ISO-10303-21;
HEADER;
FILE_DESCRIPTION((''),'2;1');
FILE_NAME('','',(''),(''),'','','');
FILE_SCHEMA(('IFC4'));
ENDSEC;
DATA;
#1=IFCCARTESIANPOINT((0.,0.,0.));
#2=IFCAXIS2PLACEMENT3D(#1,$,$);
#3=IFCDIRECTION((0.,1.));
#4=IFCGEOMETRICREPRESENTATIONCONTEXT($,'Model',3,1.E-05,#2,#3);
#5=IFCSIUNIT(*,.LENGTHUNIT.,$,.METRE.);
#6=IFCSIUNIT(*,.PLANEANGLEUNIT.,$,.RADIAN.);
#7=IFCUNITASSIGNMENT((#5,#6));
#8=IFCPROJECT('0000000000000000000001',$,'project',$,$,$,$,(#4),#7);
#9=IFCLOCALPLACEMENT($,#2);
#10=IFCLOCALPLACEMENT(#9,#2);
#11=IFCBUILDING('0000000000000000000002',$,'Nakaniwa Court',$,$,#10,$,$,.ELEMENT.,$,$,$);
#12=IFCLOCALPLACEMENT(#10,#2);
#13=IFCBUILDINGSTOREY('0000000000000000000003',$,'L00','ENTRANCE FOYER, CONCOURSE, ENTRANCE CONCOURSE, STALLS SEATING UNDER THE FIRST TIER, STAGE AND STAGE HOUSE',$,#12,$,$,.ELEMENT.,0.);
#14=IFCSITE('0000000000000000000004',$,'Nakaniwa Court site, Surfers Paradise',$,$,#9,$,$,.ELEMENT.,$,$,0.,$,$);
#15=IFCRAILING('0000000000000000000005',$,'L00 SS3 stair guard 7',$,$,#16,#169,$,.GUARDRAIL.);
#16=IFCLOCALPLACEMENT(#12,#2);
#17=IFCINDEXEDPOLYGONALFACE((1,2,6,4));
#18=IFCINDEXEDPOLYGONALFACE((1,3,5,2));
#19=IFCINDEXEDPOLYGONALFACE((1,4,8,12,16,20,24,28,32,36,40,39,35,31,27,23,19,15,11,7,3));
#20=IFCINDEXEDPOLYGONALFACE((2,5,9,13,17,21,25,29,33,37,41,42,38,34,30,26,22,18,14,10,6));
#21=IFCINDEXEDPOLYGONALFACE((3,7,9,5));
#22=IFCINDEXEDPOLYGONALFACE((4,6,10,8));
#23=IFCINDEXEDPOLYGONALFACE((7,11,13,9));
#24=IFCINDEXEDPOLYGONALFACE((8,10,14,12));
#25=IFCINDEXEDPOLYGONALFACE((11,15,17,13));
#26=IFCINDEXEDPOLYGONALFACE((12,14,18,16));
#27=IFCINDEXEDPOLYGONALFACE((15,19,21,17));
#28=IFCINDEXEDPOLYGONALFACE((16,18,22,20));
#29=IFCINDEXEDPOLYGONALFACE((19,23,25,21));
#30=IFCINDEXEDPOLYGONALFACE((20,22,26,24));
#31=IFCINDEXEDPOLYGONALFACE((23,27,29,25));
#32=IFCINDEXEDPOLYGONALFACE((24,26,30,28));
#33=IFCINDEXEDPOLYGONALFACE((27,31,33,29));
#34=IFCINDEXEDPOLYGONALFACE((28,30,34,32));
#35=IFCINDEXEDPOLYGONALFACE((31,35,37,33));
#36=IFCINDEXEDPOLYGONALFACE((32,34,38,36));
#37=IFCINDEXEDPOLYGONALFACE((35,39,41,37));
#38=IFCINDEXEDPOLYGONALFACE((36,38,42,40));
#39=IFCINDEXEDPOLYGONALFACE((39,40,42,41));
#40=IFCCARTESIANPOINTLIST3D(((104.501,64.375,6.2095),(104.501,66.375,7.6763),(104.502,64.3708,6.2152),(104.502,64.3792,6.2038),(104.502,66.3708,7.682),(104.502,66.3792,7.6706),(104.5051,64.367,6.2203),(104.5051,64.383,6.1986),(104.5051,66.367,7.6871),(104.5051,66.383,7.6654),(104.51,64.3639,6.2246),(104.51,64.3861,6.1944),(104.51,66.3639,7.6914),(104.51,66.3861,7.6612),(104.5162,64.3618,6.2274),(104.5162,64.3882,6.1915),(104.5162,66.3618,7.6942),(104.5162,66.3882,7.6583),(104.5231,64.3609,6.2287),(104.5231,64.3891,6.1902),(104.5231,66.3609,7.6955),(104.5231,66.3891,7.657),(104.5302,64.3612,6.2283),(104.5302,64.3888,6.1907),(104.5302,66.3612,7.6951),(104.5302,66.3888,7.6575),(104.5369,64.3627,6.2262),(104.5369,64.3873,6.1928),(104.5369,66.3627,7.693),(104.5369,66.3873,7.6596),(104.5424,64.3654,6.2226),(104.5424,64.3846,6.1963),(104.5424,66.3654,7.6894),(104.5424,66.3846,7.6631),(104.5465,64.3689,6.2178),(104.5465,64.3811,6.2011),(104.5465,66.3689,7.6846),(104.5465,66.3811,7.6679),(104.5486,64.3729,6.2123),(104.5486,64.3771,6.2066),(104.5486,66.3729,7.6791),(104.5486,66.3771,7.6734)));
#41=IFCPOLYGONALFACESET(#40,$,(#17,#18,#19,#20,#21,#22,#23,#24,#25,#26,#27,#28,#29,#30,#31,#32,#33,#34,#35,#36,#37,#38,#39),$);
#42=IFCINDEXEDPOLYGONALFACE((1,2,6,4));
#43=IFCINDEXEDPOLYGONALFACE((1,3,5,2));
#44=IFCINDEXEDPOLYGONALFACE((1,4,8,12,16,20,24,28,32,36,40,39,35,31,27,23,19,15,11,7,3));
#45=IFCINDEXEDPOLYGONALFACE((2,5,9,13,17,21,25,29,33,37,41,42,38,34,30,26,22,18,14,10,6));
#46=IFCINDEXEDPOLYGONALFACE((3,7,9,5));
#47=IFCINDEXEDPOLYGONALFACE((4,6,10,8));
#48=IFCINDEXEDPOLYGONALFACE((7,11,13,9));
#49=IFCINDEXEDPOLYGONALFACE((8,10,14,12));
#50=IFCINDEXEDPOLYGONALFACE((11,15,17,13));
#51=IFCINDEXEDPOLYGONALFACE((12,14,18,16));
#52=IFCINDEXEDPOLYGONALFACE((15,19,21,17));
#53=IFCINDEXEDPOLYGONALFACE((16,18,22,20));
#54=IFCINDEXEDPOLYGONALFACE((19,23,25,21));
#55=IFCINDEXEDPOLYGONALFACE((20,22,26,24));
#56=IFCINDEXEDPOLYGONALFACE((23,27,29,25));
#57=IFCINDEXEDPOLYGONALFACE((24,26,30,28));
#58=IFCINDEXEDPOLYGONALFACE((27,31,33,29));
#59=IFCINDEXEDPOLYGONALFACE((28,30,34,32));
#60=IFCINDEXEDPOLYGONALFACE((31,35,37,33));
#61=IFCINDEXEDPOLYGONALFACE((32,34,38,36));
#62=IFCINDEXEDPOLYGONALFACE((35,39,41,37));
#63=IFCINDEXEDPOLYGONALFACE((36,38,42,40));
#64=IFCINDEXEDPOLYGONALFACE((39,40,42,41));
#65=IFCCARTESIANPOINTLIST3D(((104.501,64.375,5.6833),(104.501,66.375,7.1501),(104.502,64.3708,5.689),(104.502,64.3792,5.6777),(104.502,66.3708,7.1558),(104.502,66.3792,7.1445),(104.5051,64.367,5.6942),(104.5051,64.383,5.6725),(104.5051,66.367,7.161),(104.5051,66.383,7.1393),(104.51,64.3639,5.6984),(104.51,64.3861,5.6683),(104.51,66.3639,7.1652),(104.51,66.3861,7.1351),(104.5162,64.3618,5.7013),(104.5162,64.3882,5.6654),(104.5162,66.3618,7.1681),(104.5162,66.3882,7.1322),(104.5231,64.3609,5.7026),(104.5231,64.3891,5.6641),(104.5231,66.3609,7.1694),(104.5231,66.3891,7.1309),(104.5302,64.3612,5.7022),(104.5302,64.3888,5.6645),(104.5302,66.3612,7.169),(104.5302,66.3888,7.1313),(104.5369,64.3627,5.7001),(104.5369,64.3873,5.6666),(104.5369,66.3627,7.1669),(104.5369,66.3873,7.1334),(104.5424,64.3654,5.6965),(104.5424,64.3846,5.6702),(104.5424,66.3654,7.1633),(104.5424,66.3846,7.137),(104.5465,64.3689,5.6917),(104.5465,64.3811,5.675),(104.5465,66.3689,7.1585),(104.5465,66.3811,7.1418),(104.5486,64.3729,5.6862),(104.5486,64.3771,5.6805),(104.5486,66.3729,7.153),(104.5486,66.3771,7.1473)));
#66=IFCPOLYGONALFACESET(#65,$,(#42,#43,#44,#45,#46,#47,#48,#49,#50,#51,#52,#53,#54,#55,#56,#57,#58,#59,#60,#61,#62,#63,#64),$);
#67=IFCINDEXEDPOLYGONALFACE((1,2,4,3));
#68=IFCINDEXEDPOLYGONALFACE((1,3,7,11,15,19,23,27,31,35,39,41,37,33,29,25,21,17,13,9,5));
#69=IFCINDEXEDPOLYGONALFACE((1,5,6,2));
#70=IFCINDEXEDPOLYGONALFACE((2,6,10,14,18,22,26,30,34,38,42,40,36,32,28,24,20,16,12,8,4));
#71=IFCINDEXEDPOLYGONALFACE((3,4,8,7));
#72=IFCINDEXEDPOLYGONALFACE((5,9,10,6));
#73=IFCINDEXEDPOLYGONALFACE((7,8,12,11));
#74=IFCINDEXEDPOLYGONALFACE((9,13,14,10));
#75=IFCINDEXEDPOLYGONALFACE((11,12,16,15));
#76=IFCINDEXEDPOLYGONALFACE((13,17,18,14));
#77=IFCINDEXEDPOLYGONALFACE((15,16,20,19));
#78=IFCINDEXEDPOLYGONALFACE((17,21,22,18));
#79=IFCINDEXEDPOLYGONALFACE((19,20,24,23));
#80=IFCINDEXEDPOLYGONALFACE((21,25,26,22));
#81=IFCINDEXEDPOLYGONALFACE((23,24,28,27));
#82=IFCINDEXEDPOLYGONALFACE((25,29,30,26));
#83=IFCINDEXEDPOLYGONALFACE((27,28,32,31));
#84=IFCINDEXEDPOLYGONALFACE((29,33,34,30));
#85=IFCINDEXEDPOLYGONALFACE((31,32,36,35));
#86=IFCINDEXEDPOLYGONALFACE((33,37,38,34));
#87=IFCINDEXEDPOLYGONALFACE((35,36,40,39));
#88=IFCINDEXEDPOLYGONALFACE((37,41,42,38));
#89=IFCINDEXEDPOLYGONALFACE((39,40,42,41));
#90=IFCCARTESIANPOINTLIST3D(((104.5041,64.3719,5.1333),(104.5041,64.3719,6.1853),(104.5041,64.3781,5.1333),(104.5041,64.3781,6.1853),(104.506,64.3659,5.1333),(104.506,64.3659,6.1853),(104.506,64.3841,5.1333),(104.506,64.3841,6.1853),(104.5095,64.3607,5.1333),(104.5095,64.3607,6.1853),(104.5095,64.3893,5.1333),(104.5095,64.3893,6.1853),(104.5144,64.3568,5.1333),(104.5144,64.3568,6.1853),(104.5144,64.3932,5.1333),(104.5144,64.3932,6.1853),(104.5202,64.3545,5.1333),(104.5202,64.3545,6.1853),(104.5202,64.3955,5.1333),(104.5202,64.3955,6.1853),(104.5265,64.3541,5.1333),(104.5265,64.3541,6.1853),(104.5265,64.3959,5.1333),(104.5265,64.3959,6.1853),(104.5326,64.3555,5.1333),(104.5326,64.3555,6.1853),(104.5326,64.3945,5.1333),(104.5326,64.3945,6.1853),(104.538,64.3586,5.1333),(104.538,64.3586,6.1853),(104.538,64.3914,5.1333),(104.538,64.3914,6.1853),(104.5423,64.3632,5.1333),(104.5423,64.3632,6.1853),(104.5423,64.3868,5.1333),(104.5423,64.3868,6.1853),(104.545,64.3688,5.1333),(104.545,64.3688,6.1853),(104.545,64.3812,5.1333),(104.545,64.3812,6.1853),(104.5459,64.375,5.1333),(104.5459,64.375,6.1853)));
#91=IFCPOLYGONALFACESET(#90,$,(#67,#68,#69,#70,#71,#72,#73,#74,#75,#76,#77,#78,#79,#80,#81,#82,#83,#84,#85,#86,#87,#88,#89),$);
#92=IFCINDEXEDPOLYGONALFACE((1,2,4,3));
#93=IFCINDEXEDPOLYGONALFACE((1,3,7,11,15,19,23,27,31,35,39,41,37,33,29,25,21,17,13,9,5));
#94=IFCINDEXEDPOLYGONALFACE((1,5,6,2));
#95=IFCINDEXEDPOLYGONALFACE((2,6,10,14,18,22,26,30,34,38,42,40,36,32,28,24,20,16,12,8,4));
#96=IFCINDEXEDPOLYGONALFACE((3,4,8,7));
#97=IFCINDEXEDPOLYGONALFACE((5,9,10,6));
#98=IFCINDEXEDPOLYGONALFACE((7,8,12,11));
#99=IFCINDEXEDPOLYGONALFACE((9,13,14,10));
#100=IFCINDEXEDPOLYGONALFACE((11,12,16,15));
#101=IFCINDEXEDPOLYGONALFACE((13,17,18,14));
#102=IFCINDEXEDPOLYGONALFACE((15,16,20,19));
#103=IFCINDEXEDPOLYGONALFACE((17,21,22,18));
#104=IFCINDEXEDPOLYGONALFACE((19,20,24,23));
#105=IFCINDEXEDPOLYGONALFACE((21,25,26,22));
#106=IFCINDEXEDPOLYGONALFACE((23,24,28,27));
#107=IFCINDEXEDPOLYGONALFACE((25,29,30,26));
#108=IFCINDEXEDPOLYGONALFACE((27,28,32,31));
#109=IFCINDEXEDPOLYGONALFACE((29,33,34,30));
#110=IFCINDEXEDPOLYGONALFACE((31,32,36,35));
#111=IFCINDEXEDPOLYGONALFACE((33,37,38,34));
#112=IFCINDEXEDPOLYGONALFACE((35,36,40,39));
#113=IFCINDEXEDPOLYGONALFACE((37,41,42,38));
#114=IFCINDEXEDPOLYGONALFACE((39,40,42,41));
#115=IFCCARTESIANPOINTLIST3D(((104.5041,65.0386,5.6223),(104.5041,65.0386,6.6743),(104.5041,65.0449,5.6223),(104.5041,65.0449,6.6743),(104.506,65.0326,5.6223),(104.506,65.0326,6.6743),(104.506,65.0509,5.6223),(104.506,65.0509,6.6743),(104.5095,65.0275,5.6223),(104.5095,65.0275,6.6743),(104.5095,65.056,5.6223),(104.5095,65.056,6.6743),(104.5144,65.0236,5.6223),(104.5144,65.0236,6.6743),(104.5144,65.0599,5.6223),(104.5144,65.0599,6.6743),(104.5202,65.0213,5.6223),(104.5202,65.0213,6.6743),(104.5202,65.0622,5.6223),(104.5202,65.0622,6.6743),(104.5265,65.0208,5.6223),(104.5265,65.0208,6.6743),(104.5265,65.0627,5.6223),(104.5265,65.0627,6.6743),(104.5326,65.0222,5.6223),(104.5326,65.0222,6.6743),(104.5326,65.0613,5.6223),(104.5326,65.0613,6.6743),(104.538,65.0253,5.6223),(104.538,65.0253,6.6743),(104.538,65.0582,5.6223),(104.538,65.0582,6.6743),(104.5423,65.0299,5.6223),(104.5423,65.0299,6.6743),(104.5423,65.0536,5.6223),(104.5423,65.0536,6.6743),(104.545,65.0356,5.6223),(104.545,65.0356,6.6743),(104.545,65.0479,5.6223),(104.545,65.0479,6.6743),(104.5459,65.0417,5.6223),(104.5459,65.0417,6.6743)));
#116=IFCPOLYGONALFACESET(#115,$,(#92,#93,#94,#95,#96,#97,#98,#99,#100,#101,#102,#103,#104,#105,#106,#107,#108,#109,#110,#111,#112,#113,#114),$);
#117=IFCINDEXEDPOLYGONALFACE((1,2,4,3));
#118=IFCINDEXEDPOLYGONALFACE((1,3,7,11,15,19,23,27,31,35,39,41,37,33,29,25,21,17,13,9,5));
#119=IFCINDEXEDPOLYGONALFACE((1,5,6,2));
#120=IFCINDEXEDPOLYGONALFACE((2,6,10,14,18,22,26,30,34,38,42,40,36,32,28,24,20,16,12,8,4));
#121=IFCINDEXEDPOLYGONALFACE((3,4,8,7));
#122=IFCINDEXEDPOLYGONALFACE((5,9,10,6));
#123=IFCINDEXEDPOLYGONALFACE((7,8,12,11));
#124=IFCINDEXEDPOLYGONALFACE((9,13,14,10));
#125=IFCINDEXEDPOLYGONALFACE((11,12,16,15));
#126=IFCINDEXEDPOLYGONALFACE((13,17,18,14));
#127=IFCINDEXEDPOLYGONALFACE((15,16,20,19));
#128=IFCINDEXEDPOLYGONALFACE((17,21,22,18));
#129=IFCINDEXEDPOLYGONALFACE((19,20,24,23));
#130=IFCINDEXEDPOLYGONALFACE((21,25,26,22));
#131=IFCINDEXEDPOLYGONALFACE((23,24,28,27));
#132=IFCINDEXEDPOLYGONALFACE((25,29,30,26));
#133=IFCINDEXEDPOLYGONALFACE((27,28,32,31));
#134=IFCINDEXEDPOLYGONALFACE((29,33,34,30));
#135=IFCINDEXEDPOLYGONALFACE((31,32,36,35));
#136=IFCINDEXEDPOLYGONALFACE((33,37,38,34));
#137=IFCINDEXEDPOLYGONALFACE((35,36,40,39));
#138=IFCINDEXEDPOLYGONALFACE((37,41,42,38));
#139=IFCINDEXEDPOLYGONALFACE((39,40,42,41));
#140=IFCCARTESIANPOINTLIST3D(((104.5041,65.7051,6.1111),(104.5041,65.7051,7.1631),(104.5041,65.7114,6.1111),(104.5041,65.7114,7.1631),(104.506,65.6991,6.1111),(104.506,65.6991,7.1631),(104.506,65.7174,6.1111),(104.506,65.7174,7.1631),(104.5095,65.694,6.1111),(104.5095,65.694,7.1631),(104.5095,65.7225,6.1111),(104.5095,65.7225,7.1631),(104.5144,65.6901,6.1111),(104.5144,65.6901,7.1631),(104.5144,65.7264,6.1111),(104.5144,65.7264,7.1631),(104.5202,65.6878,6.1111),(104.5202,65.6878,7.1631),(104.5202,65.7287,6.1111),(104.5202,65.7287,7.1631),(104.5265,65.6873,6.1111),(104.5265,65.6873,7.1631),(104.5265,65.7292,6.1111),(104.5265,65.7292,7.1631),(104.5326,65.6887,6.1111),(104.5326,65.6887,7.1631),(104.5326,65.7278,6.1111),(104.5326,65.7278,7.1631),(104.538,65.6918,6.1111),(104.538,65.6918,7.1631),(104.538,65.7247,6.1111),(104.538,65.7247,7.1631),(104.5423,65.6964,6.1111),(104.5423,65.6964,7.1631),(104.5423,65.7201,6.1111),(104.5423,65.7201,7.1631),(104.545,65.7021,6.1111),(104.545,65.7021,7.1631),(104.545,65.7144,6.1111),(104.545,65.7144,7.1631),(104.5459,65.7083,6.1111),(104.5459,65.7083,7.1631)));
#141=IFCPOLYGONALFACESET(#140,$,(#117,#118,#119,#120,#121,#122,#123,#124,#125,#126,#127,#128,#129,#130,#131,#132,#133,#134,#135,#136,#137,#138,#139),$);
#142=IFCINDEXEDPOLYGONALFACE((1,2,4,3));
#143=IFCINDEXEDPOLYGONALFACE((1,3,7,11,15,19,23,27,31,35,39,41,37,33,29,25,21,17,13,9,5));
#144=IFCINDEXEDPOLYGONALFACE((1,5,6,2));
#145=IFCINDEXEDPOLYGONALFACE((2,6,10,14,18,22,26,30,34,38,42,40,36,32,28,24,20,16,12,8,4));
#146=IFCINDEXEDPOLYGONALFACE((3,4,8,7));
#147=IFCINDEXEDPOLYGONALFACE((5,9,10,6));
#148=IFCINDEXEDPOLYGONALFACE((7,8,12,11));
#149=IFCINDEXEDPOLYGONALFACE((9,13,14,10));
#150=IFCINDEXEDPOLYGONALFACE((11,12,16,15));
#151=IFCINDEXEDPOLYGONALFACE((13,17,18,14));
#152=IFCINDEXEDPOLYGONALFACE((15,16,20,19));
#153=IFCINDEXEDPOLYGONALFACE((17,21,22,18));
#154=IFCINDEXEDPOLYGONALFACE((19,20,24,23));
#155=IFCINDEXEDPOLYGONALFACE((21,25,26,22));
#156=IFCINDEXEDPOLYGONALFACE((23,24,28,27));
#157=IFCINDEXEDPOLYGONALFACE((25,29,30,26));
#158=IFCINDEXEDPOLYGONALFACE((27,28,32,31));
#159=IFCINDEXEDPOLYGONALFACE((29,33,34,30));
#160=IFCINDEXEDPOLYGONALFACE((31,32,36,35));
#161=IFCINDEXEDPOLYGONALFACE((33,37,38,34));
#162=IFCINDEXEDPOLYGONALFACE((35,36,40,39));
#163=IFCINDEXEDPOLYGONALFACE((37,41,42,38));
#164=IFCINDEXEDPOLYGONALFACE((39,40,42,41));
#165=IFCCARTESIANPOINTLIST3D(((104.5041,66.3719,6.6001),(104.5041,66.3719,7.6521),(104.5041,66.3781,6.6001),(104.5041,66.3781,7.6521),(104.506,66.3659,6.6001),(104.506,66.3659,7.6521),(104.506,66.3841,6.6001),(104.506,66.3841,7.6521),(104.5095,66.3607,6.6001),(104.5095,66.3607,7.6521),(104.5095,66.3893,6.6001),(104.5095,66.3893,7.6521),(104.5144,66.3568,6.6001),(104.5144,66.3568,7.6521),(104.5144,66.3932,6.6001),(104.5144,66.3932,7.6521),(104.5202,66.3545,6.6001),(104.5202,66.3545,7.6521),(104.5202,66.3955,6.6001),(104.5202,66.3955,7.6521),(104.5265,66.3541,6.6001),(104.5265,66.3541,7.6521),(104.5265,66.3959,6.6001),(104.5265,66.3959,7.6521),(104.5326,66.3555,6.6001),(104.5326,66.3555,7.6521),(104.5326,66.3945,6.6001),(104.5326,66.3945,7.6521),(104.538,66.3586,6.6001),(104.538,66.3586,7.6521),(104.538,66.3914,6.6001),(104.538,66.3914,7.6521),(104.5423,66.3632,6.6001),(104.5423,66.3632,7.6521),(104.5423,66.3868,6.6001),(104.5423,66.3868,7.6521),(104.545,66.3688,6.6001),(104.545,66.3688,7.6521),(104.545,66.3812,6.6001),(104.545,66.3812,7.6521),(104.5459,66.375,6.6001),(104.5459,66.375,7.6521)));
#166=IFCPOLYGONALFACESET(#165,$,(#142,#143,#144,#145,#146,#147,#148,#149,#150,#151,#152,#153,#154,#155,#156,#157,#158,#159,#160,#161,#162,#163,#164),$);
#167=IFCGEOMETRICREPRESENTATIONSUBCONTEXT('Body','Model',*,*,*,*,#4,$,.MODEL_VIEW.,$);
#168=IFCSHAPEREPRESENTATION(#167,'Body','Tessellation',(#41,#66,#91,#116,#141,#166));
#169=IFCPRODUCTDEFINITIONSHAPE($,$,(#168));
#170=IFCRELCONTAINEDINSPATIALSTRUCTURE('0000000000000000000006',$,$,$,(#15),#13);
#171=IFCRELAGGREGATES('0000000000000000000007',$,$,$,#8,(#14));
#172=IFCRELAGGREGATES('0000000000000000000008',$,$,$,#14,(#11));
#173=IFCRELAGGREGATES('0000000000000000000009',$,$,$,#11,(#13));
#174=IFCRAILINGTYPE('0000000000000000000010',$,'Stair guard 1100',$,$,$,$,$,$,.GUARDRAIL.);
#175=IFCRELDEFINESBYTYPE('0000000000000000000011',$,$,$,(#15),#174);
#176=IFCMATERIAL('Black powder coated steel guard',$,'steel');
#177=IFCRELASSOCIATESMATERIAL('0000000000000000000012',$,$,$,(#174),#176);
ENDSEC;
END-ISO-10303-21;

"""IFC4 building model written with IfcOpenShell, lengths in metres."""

from ifc_helpers import new_model, si_unit, direction, frame, origin, origin_2d, place, context, subcontext, project, spatial, circle, extrude, material, type_object, element, save


model = new_model("IFC4")

# Units and contexts
model_context = context("Model", 3, precision=1e-05, world=origin(), true_north=direction((0.0, 1.0)))
body_context = subcontext(model_context, "Body", "Model", "MODEL_VIEW")
ifc_project = project(units=[si_unit("LENGTHUNIT", "METRE"), si_unit("PLANEANGLEUNIT", "RADIAN")], contexts=[model_context])

# Site, building, storey
site_placement = place(None, origin())
site = spatial("IfcSite", under=ifc_project, at=site_placement, Name="Nakaniwa Court site, Surfers Paradise", CompositionType="ELEMENT", RefElevation=0.0)
building_placement = place(site_placement, origin())
building = spatial("IfcBuilding", under=site, at=building_placement, Name="Nakaniwa Court", CompositionType="ELEMENT")
storey_placement = place(building_placement, origin())
storey = spatial("IfcBuildingStorey", under=building, at=storey_placement, Name="L00", Description="ENTRANCE FOYER, CONCOURSE, ENTRANCE CONCOURSE, STALLS SEATING UNDER THE FIRST TIER, STAGE AND STAGE HOUSE", CompositionType="ELEMENT", Elevation=0.0)

# Railing
ifc_material_1 = material(Name="Black powder coated steel guard", Category="steel")
railing_type_1 = type_object("IfcRailingType", Name="Stair guard 1100", PredefinedType="GUARDRAIL", material=ifc_material_1)
railing_1_placement = place(storey_placement, frame((104.5249, 64.375, 5.1333)))
element("IfcRailing", 1, at=railing_1_placement, inside=storey, type_object=railing_type_1, Name="L00 SS3 stair guard 7", PredefinedType="GUARDRAIL", context=body_context, shape_type="SweptSolid", body=[
    extrude(circle(Radius=0.0239, at=origin_2d()), frame((0.0, 0.0, 1.0762), z_axis=(0.0, 0.80638, 0.591398), x_axis=(-1.0, 0.0, 0.0)), (0.0, 0.0, 1.0), 2.4802),
    extrude(circle(Radius=0.0239, at=origin_2d()), frame((0.0, 0.0, 0.55), z_axis=(0.0, 0.80638, 0.591398), x_axis=(-1.0, 0.0, 0.0)), (0.0, 0.0, 1.0), 2.4802),
    extrude(circle(Radius=0.021, at=origin_2d()), origin(), (0.0, 0.0, 1.0), 1.052),
    extrude(circle(Radius=0.021, at=origin_2d()), frame((0.0, 0.6667, 0.489)), (0.0, 0.0, 1.0), 1.052),
    extrude(circle(Radius=0.021, at=origin_2d()), frame((0.0, 1.3333, 0.9778)), (0.0, 0.0, 1.0), 1.052),
    extrude(circle(Radius=0.021, at=origin_2d()), frame((0.0, 2.0, 1.4668)), (0.0, 0.0, 1.0), 1.052),
])

save(model, "model.ifc")
